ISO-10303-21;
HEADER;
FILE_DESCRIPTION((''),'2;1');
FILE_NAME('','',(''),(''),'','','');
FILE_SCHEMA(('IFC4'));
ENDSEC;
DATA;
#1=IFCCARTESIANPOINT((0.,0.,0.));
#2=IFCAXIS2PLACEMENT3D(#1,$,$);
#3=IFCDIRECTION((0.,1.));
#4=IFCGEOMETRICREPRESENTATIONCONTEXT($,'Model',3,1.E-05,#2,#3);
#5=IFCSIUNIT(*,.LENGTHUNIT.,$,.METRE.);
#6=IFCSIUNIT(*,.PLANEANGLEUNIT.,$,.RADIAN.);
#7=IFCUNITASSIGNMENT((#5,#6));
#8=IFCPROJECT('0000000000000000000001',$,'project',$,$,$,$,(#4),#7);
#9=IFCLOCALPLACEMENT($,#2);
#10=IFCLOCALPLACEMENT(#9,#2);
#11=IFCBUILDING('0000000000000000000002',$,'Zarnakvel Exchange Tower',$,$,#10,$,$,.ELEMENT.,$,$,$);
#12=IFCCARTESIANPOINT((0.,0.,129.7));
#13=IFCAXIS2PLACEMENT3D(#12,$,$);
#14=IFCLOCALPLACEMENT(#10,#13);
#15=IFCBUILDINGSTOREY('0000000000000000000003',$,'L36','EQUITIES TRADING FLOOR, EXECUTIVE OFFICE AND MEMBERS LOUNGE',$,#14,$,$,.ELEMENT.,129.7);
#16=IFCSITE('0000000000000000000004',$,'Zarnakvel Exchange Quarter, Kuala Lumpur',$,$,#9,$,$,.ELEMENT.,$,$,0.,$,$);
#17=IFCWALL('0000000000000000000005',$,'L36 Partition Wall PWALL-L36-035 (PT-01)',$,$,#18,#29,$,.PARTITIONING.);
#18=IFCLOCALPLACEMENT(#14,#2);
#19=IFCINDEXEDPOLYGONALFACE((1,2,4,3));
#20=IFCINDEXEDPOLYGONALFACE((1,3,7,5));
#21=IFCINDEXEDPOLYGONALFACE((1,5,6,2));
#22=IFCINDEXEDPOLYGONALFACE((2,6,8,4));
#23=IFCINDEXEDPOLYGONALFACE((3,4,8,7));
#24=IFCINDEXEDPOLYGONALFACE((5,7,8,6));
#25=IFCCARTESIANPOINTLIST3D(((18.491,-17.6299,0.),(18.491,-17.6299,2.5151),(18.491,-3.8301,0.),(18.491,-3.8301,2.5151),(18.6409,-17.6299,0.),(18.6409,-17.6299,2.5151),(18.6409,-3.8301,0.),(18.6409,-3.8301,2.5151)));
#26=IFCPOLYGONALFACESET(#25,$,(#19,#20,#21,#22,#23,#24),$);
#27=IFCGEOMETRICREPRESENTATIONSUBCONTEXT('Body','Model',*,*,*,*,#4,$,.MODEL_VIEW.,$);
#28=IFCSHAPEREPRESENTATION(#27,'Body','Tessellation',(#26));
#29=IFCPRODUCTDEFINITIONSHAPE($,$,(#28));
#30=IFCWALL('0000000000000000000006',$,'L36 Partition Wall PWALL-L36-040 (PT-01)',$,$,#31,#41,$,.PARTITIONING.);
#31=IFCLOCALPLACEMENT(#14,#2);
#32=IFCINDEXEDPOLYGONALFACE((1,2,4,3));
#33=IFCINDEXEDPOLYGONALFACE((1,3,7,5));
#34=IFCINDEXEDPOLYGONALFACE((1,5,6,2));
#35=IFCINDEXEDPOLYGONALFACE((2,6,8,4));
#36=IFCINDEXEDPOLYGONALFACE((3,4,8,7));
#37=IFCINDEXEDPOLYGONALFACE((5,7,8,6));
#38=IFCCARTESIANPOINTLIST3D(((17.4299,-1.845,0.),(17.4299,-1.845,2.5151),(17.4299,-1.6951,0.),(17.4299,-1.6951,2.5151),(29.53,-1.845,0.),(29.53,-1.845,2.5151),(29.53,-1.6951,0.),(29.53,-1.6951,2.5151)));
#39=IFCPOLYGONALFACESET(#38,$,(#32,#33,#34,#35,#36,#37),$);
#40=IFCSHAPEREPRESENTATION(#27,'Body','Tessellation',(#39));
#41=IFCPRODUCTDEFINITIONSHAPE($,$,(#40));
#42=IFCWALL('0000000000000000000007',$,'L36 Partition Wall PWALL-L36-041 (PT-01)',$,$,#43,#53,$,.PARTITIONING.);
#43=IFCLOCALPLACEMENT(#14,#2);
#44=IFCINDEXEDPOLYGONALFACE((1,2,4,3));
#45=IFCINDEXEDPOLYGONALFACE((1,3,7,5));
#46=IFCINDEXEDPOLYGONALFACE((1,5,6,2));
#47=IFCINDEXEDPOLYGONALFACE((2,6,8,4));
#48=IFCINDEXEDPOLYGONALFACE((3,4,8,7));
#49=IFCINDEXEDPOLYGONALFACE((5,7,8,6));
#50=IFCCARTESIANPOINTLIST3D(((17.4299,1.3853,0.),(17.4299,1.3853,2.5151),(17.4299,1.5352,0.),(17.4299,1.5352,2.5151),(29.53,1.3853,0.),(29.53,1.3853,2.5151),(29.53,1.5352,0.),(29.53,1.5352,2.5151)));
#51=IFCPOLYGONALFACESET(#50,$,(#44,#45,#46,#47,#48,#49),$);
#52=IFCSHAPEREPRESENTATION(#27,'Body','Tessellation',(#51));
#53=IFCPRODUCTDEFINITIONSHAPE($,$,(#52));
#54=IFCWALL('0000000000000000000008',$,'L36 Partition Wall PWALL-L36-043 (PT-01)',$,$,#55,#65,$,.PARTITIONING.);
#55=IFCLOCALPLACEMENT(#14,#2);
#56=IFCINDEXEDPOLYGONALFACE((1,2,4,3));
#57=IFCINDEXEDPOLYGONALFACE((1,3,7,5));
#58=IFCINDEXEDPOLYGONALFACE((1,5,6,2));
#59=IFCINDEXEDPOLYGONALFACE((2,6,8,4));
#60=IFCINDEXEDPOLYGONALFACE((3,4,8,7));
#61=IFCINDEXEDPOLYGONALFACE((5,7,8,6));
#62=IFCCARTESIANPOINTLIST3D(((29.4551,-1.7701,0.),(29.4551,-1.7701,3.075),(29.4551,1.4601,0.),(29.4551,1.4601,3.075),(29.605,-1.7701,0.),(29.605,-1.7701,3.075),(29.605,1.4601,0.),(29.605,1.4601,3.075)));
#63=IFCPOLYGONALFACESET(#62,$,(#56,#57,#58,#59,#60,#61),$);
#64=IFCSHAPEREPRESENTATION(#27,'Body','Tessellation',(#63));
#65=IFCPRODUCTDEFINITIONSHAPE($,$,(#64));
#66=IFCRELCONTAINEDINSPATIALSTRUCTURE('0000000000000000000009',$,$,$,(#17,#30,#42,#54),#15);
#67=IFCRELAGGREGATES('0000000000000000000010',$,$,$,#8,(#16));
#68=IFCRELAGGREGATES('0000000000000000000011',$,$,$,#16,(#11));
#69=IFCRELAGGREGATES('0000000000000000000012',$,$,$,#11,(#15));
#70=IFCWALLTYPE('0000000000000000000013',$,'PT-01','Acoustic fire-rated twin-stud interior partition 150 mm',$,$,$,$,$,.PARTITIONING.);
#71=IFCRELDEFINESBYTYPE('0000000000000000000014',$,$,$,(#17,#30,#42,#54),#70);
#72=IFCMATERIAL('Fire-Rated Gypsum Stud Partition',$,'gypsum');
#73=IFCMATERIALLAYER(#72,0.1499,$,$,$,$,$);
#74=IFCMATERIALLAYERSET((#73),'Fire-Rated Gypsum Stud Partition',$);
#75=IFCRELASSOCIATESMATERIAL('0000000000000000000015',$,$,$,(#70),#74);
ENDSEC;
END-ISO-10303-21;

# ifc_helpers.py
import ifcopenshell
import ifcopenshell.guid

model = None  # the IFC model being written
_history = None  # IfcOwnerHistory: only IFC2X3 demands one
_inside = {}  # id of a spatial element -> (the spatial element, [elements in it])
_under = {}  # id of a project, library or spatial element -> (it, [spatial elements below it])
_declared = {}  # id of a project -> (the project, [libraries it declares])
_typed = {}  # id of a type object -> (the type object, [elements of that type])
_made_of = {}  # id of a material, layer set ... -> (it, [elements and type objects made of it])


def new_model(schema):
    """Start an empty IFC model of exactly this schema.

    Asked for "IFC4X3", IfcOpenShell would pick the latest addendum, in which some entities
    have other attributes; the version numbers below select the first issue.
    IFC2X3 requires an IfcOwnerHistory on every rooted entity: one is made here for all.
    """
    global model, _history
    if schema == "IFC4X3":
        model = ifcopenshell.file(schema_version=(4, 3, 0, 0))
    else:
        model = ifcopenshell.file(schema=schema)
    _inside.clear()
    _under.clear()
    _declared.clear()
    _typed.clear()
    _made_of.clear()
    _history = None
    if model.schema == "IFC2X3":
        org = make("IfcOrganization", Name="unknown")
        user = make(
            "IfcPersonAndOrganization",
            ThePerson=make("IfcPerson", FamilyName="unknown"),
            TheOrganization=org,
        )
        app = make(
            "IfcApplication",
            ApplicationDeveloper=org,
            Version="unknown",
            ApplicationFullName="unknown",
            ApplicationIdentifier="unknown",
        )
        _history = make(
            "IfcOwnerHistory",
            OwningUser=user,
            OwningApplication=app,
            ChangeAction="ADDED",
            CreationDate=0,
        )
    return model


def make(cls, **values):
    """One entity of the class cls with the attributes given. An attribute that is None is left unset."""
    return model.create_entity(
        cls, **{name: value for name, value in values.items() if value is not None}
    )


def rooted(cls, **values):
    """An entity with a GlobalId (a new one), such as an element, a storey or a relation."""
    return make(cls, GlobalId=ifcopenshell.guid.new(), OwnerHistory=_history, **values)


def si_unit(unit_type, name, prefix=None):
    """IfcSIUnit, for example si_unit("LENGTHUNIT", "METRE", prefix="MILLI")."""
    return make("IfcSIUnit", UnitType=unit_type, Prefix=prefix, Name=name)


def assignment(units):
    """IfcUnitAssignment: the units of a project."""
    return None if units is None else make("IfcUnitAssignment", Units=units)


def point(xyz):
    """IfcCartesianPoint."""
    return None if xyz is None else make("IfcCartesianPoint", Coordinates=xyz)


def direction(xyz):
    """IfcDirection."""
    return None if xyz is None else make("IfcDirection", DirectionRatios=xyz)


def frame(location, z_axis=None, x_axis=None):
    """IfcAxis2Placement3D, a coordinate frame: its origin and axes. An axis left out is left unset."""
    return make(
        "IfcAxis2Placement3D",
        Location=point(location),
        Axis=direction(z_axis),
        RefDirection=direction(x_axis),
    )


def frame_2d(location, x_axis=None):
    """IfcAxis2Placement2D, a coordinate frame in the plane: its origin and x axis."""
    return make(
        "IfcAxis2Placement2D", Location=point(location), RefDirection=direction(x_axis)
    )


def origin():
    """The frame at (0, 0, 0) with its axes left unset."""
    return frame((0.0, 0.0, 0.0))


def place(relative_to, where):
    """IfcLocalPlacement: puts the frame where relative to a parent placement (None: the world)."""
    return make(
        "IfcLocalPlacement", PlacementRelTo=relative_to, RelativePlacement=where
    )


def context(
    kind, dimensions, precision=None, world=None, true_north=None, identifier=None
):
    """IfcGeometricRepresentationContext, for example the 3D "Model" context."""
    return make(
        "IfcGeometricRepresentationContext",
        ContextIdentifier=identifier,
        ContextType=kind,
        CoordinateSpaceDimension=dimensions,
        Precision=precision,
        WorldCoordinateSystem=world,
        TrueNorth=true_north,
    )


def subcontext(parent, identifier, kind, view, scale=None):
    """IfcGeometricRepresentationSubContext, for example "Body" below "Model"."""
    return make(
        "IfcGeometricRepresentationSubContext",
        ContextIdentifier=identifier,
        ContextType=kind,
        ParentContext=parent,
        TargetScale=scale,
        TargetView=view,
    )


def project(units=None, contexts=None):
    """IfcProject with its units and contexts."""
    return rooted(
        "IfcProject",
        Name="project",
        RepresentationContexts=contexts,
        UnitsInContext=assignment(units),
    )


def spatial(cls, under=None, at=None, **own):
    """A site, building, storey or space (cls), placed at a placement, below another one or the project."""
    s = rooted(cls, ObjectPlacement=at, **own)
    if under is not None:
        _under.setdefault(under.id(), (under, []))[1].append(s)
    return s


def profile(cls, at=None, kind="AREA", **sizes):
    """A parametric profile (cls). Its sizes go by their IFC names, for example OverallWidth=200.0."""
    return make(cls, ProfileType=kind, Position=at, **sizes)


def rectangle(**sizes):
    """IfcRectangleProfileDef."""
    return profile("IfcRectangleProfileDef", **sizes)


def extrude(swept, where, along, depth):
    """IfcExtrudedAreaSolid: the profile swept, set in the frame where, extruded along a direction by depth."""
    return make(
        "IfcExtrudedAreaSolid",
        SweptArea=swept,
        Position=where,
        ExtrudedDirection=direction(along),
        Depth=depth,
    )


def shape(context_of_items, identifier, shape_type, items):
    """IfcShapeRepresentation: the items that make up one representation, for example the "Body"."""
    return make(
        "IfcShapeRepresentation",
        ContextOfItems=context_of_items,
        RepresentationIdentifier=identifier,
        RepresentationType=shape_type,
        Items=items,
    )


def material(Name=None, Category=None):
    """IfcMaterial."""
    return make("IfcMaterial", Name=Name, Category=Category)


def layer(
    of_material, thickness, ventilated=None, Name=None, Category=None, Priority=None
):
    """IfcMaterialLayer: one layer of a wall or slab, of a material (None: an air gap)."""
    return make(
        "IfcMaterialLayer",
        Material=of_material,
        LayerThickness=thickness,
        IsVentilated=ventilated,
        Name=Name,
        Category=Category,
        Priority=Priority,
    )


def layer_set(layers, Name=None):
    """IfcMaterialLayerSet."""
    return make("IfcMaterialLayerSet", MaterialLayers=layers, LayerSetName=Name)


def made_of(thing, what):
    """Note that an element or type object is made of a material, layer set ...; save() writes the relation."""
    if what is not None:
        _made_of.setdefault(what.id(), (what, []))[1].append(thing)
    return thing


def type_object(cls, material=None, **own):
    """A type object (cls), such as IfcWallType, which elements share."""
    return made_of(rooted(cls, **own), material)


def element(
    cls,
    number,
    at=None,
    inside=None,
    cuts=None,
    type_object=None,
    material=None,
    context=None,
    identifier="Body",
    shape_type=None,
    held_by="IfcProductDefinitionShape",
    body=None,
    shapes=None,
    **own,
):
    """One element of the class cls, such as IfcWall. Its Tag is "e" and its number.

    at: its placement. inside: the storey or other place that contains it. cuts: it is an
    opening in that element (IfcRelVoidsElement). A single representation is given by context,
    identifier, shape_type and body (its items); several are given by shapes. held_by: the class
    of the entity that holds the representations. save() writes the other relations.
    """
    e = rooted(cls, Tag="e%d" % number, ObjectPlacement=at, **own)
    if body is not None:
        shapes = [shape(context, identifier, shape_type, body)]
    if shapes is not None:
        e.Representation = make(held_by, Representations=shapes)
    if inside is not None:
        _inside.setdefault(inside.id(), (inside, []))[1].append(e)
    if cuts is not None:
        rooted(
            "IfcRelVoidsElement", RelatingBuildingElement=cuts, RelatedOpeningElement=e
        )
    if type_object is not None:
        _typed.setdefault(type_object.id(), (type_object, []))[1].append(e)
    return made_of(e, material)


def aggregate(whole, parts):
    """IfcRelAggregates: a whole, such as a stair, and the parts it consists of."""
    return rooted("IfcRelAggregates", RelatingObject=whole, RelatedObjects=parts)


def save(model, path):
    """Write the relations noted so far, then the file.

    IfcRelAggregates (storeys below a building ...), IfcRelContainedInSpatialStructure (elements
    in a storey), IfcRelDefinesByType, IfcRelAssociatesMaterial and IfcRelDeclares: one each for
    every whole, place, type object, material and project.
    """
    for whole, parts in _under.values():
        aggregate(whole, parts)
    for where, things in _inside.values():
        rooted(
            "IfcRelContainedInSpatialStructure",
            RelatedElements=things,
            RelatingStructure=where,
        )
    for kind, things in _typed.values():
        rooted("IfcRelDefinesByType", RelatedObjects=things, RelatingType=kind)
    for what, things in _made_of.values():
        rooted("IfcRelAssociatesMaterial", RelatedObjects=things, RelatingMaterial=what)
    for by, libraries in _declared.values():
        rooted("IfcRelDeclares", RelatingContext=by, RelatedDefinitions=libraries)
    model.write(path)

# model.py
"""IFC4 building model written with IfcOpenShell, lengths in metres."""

from ifc_helpers import new_model, si_unit, direction, frame, frame_2d, origin, place, context, subcontext, project, spatial, rectangle, extrude, material, layer, layer_set, type_object, element, save


model = new_model("IFC4")

# Units and contexts
model_context = context("Model", 3, precision=1e-05, world=origin(), true_north=direction((0.0, 1.0)))
body_context = subcontext(model_context, "Body", "Model", "MODEL_VIEW")
ifc_project = project(units=[si_unit("LENGTHUNIT", "METRE"), si_unit("PLANEANGLEUNIT", "RADIAN")], contexts=[model_context])

# Site, building, storey
site_placement = place(None, origin())
site = spatial("IfcSite", under=ifc_project, at=site_placement, Name="Zarnakvel Exchange Quarter, Kuala Lumpur", CompositionType="ELEMENT", RefElevation=0.0)
building_placement = place(site_placement, origin())
building = spatial("IfcBuilding", under=site, at=building_placement, Name="Zarnakvel Exchange Tower", CompositionType="ELEMENT")
storey_placement = place(building_placement, frame((0.0, 0.0, 129.7)))
storey = spatial("IfcBuildingStorey", under=building, at=storey_placement, Name="L36", Description="EQUITIES TRADING FLOOR, EXECUTIVE OFFICE AND MEMBERS LOUNGE", CompositionType="ELEMENT", Elevation=129.7)

# Walls
ifc_material_1 = material(Name="Fire-Rated Gypsum Stud Partition", Category="gypsum")
ifc_layer_1 = layer(ifc_material_1, 0.1499)
ifc_layer_set_1 = layer_set([ifc_layer_1], Name="Fire-Rated Gypsum Stud Partition")
wall_type_1 = type_object("IfcWallType", Name="PT-01", Description="Acoustic fire-rated twin-stud interior partition 150 mm", PredefinedType="PARTITIONING", material=ifc_layer_set_1)
wall_1_placement = place(storey_placement, frame((18.5659, -3.8301, 0.0), z_axis=(0.0, 0.0, 1.0), x_axis=(0.0, -1.0, 0.0)))
element("IfcWall", 1, at=wall_1_placement, inside=storey, type_object=wall_type_1, Name="L36 Partition Wall PWALL-L36-035 (PT-01)", PredefinedType="PARTITIONING", context=body_context, shape_type="SweptSolid", body=[
    extrude(rectangle(XDim=13.7998, YDim=0.1499, at=frame_2d((6.8999, 0.0))), origin(), (0.0, 0.0, 1.0), 2.5151),
])
for number, where, z_axis, x_axis, name in (
    (2, (29.53, -1.77, 0.0), (0.0, 0.0, 1.0), (-1.0, 0.0, 0.0), "L36 Partition Wall PWALL-L36-040 (PT-01)"),
    (3, (17.4299, 1.4602, 0.0), (0.0, 0.0, 1.0), (1.0, 0.0, 0.0), "L36 Partition Wall PWALL-L36-041 (PT-01)"),
):
    element("IfcWall", number, at=place(storey_placement, frame(where, z_axis=z_axis, x_axis=x_axis)), inside=storey, type_object=wall_type_1, Name=name, PredefinedType="PARTITIONING", context=body_context, shape_type="SweptSolid", body=[
        extrude(rectangle(XDim=12.1001, YDim=0.1499, at=frame_2d((6.05, 0.0))), origin(), (0.0, 0.0, 1.0), 2.5151),
    ])

# Wall
wall_2_placement = place(storey_placement, frame((29.53, 1.4602, 0.0), z_axis=(0.0, 0.0, 1.0), x_axis=(0.0, -1.0, 0.0)))
element("IfcWall", 4, at=wall_2_placement, inside=storey, type_object=wall_type_1, Name="L36 Partition Wall PWALL-L36-043 (PT-01)", PredefinedType="PARTITIONING", context=body_context, shape_type="SweptSolid", body=[
    extrude(rectangle(XDim=3.2302, YDim=0.1499, at=frame_2d((1.6152, 0.0))), origin(), (0.0, 0.0, 1.0), 3.075),
])

save(model, "model.ifc")
